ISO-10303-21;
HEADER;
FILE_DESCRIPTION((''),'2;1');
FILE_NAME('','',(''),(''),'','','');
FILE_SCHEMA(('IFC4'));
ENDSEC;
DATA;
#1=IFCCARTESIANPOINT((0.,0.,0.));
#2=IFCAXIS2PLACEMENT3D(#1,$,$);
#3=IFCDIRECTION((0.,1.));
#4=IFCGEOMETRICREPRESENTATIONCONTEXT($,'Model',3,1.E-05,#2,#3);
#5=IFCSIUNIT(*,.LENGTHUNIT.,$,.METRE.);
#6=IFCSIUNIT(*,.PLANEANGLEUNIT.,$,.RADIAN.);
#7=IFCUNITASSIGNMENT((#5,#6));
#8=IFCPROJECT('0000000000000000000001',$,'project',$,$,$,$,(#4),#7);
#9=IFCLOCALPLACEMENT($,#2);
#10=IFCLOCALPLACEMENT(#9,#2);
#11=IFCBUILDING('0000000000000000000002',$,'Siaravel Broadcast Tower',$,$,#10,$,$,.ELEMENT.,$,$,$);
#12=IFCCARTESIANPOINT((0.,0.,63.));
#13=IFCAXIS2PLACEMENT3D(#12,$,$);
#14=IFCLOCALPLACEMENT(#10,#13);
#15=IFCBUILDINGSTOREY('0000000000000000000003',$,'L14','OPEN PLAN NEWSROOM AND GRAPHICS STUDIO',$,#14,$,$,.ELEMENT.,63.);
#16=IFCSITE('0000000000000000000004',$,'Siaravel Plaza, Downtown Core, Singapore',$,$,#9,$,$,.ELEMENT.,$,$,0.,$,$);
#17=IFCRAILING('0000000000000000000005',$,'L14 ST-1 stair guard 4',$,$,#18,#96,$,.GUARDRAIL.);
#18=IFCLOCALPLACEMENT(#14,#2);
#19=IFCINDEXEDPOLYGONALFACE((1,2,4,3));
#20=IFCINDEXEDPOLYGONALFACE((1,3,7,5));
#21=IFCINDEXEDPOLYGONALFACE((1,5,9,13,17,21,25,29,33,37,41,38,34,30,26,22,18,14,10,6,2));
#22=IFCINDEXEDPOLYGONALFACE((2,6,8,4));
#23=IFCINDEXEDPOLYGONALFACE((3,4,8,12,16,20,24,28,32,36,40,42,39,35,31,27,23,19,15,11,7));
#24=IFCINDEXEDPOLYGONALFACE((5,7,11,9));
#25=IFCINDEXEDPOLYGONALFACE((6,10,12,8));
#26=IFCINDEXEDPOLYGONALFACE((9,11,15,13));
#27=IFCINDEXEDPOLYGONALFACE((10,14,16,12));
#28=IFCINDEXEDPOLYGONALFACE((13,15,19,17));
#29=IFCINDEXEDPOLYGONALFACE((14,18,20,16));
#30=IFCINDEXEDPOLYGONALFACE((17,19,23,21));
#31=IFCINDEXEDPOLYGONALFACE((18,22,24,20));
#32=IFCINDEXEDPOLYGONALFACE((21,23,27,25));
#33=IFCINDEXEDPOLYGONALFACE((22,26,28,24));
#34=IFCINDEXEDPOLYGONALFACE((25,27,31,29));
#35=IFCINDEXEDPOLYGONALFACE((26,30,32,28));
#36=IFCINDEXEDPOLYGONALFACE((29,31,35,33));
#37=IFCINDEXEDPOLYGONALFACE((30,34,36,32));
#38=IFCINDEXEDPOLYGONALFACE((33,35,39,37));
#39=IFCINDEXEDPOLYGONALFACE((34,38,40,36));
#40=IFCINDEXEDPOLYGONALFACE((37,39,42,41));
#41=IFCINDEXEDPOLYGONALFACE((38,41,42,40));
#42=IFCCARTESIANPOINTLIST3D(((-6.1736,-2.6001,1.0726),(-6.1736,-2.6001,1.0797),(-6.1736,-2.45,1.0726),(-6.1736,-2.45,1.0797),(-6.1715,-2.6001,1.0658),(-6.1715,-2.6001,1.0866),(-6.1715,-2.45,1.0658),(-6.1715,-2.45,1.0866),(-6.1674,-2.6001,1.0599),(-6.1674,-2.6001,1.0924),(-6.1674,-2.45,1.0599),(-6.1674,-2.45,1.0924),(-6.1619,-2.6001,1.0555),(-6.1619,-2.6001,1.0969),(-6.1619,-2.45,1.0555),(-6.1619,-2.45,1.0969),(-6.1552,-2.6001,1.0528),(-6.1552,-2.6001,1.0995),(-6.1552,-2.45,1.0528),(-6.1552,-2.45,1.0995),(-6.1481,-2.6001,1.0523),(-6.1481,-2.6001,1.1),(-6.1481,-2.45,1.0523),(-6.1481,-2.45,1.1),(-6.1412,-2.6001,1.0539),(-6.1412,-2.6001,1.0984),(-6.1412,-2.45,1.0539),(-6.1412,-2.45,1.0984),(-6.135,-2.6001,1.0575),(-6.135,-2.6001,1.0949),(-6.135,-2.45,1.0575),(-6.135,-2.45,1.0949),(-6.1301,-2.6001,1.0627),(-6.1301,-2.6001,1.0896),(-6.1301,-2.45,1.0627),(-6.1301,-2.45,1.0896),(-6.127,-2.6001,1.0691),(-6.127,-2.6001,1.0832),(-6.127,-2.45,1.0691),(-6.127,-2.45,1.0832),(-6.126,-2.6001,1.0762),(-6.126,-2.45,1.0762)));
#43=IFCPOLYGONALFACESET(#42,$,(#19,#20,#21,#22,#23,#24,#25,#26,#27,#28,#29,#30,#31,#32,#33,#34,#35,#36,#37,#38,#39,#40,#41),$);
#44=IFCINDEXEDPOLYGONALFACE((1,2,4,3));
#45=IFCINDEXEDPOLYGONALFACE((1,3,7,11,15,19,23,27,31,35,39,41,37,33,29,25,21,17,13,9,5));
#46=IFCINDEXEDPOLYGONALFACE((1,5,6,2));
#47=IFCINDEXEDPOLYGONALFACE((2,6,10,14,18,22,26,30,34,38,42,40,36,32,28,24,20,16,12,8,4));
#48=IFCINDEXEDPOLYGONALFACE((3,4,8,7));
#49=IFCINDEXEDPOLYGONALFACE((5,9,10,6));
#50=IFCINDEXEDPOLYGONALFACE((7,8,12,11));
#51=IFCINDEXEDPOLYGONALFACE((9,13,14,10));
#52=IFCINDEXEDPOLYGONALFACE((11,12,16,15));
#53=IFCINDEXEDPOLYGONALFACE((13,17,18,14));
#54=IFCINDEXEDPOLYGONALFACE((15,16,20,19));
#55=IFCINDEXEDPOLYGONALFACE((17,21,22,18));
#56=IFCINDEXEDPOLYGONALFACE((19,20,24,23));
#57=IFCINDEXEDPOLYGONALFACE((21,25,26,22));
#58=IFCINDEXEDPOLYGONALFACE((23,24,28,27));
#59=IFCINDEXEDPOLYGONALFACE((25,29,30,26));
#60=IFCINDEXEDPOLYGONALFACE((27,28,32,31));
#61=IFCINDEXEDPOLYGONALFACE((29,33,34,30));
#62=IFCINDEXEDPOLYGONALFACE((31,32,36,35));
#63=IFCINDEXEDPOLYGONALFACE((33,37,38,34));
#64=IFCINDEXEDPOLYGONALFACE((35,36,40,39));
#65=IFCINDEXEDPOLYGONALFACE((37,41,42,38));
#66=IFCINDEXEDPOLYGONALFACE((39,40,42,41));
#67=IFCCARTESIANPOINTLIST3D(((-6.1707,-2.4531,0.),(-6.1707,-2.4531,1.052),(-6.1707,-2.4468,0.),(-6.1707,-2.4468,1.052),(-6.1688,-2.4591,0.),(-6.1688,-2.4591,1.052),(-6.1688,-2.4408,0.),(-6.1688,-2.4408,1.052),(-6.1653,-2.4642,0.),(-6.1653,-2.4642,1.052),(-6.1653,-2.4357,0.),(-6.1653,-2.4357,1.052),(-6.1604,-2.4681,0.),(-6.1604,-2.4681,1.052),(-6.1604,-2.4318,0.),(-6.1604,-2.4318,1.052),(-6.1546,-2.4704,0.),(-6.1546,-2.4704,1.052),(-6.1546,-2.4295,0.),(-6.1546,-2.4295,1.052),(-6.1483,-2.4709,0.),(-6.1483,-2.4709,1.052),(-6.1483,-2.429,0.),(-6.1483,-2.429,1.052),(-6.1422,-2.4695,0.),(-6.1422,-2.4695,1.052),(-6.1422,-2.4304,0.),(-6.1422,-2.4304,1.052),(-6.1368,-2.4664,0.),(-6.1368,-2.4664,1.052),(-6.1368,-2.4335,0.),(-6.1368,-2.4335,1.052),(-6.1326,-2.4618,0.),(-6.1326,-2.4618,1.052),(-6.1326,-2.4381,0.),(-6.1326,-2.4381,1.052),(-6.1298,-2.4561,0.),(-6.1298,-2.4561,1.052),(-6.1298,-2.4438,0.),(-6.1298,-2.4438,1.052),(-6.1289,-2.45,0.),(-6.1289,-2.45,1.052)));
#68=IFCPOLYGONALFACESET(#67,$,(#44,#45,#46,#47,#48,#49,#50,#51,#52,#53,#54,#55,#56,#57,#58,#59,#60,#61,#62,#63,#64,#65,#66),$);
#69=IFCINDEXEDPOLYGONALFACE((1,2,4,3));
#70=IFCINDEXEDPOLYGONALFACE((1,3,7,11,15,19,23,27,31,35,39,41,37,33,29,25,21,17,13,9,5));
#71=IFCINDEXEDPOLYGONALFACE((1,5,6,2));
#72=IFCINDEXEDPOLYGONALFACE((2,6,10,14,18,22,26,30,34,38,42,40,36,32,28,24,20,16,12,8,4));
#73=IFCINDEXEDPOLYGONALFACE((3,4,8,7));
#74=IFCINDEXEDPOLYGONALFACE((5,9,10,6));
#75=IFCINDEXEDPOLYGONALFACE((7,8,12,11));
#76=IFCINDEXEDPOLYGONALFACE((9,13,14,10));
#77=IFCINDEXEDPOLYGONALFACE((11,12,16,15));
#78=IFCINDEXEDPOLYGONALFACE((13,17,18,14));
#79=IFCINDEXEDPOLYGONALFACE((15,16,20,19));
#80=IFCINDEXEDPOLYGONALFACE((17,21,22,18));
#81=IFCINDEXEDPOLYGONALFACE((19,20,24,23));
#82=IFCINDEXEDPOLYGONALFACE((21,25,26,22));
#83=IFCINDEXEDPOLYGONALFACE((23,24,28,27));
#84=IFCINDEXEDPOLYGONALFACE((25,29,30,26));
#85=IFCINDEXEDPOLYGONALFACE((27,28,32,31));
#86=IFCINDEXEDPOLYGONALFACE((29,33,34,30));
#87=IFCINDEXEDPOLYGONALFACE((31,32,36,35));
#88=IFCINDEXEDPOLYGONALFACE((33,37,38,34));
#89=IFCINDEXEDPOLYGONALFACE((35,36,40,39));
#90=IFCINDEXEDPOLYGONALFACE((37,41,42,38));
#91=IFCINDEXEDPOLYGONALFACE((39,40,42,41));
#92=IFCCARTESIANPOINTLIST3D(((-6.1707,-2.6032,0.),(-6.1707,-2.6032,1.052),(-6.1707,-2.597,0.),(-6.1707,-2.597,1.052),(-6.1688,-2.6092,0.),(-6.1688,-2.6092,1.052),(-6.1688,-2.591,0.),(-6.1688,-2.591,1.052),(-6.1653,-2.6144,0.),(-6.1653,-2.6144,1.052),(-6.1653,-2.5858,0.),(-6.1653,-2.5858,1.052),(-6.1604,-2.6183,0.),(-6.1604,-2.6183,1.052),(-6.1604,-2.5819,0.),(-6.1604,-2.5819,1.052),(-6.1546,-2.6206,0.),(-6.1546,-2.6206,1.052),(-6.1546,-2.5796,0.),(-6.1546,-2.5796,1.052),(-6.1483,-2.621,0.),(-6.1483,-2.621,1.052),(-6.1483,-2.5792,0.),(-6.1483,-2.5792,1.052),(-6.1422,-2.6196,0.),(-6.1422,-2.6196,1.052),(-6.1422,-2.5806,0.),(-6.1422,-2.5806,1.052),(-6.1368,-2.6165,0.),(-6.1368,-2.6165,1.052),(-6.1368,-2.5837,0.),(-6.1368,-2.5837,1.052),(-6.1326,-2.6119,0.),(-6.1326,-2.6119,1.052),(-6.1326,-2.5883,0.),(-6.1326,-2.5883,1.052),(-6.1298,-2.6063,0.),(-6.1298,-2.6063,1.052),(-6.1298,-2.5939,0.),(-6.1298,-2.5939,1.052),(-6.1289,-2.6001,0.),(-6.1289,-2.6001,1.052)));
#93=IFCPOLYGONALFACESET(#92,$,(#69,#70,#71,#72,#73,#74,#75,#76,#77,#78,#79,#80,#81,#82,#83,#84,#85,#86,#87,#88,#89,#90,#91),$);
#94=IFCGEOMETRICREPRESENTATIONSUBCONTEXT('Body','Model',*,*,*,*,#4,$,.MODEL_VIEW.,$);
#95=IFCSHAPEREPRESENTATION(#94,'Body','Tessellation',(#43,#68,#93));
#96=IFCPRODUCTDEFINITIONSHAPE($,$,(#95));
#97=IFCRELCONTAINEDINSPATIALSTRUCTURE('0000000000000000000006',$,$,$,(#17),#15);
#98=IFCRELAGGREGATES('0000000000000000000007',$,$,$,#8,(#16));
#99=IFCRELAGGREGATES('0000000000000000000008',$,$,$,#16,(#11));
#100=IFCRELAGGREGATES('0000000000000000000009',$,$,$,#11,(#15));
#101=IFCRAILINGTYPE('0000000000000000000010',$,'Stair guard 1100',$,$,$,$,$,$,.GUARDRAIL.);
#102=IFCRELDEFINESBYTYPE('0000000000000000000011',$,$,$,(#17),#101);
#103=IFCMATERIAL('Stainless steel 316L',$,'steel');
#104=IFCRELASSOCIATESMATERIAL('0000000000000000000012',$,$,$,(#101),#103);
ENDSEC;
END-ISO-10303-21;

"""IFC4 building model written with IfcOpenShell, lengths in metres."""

from ifc_helpers import new_model, si_unit, direction, frame, origin, origin_2d, place, context, subcontext, project, spatial, circle, extrude, material, type_object, element, save


model = new_model("IFC4")

# Units and contexts
model_context = context("Model", 3, precision=1e-05, world=origin(), true_north=direction((0.0, 1.0)))
body_context = subcontext(model_context, "Body", "Model", "MODEL_VIEW")
ifc_project = project(units=[si_unit("LENGTHUNIT", "METRE"), si_unit("PLANEANGLEUNIT", "RADIAN")], contexts=[model_context])

# Site, building, storey
site_placement = place(None, origin())
site = spatial("IfcSite", under=ifc_project, at=site_placement, Name="Siaravel Plaza, Downtown Core, Singapore", CompositionType="ELEMENT", RefElevation=0.0)
building_placement = place(site_placement, origin())
building = spatial("IfcBuilding", under=site, at=building_placement, Name="Siaravel Broadcast Tower", CompositionType="ELEMENT")
storey_placement = place(building_placement, frame((0.0, 0.0, 63.0)))
storey = spatial("IfcBuildingStorey", under=building, at=storey_placement, Name="L14", Description="OPEN PLAN NEWSROOM AND GRAPHICS STUDIO", CompositionType="ELEMENT", Elevation=63.0)

# Railing
ifc_material_1 = material(Name="Stainless steel 316L", Category="steel")
railing_type_1 = type_object("IfcRailingType", Name="Stair guard 1100", PredefinedType="GUARDRAIL", material=ifc_material_1)
railing_1_placement = place(storey_placement, frame((-6.1499, -2.45, 0.0)))
element("IfcRailing", 1, at=railing_1_placement, inside=storey, type_object=railing_type_1, Name="L14 ST-1 stair guard 4", PredefinedType="GUARDRAIL", context=body_context, shape_type="SweptSolid", body=[
    extrude(circle(Radius=0.0239, at=origin_2d()), frame((0.0, 0.0, 1.0762), z_axis=(0.0, -1.0, 0.0), x_axis=(1.0, 0.0, 0.0)), (0.0, 0.0, 1.0), 0.1501),
    extrude(circle(Radius=0.021, at=origin_2d()), origin(), (0.0, 0.0, 1.0), 1.052),
    extrude(circle(Radius=0.021, at=origin_2d()), frame((0.0, -0.1501, 0.0)), (0.0, 0.0, 1.0), 1.052),
])

save(model, "model.ifc")
